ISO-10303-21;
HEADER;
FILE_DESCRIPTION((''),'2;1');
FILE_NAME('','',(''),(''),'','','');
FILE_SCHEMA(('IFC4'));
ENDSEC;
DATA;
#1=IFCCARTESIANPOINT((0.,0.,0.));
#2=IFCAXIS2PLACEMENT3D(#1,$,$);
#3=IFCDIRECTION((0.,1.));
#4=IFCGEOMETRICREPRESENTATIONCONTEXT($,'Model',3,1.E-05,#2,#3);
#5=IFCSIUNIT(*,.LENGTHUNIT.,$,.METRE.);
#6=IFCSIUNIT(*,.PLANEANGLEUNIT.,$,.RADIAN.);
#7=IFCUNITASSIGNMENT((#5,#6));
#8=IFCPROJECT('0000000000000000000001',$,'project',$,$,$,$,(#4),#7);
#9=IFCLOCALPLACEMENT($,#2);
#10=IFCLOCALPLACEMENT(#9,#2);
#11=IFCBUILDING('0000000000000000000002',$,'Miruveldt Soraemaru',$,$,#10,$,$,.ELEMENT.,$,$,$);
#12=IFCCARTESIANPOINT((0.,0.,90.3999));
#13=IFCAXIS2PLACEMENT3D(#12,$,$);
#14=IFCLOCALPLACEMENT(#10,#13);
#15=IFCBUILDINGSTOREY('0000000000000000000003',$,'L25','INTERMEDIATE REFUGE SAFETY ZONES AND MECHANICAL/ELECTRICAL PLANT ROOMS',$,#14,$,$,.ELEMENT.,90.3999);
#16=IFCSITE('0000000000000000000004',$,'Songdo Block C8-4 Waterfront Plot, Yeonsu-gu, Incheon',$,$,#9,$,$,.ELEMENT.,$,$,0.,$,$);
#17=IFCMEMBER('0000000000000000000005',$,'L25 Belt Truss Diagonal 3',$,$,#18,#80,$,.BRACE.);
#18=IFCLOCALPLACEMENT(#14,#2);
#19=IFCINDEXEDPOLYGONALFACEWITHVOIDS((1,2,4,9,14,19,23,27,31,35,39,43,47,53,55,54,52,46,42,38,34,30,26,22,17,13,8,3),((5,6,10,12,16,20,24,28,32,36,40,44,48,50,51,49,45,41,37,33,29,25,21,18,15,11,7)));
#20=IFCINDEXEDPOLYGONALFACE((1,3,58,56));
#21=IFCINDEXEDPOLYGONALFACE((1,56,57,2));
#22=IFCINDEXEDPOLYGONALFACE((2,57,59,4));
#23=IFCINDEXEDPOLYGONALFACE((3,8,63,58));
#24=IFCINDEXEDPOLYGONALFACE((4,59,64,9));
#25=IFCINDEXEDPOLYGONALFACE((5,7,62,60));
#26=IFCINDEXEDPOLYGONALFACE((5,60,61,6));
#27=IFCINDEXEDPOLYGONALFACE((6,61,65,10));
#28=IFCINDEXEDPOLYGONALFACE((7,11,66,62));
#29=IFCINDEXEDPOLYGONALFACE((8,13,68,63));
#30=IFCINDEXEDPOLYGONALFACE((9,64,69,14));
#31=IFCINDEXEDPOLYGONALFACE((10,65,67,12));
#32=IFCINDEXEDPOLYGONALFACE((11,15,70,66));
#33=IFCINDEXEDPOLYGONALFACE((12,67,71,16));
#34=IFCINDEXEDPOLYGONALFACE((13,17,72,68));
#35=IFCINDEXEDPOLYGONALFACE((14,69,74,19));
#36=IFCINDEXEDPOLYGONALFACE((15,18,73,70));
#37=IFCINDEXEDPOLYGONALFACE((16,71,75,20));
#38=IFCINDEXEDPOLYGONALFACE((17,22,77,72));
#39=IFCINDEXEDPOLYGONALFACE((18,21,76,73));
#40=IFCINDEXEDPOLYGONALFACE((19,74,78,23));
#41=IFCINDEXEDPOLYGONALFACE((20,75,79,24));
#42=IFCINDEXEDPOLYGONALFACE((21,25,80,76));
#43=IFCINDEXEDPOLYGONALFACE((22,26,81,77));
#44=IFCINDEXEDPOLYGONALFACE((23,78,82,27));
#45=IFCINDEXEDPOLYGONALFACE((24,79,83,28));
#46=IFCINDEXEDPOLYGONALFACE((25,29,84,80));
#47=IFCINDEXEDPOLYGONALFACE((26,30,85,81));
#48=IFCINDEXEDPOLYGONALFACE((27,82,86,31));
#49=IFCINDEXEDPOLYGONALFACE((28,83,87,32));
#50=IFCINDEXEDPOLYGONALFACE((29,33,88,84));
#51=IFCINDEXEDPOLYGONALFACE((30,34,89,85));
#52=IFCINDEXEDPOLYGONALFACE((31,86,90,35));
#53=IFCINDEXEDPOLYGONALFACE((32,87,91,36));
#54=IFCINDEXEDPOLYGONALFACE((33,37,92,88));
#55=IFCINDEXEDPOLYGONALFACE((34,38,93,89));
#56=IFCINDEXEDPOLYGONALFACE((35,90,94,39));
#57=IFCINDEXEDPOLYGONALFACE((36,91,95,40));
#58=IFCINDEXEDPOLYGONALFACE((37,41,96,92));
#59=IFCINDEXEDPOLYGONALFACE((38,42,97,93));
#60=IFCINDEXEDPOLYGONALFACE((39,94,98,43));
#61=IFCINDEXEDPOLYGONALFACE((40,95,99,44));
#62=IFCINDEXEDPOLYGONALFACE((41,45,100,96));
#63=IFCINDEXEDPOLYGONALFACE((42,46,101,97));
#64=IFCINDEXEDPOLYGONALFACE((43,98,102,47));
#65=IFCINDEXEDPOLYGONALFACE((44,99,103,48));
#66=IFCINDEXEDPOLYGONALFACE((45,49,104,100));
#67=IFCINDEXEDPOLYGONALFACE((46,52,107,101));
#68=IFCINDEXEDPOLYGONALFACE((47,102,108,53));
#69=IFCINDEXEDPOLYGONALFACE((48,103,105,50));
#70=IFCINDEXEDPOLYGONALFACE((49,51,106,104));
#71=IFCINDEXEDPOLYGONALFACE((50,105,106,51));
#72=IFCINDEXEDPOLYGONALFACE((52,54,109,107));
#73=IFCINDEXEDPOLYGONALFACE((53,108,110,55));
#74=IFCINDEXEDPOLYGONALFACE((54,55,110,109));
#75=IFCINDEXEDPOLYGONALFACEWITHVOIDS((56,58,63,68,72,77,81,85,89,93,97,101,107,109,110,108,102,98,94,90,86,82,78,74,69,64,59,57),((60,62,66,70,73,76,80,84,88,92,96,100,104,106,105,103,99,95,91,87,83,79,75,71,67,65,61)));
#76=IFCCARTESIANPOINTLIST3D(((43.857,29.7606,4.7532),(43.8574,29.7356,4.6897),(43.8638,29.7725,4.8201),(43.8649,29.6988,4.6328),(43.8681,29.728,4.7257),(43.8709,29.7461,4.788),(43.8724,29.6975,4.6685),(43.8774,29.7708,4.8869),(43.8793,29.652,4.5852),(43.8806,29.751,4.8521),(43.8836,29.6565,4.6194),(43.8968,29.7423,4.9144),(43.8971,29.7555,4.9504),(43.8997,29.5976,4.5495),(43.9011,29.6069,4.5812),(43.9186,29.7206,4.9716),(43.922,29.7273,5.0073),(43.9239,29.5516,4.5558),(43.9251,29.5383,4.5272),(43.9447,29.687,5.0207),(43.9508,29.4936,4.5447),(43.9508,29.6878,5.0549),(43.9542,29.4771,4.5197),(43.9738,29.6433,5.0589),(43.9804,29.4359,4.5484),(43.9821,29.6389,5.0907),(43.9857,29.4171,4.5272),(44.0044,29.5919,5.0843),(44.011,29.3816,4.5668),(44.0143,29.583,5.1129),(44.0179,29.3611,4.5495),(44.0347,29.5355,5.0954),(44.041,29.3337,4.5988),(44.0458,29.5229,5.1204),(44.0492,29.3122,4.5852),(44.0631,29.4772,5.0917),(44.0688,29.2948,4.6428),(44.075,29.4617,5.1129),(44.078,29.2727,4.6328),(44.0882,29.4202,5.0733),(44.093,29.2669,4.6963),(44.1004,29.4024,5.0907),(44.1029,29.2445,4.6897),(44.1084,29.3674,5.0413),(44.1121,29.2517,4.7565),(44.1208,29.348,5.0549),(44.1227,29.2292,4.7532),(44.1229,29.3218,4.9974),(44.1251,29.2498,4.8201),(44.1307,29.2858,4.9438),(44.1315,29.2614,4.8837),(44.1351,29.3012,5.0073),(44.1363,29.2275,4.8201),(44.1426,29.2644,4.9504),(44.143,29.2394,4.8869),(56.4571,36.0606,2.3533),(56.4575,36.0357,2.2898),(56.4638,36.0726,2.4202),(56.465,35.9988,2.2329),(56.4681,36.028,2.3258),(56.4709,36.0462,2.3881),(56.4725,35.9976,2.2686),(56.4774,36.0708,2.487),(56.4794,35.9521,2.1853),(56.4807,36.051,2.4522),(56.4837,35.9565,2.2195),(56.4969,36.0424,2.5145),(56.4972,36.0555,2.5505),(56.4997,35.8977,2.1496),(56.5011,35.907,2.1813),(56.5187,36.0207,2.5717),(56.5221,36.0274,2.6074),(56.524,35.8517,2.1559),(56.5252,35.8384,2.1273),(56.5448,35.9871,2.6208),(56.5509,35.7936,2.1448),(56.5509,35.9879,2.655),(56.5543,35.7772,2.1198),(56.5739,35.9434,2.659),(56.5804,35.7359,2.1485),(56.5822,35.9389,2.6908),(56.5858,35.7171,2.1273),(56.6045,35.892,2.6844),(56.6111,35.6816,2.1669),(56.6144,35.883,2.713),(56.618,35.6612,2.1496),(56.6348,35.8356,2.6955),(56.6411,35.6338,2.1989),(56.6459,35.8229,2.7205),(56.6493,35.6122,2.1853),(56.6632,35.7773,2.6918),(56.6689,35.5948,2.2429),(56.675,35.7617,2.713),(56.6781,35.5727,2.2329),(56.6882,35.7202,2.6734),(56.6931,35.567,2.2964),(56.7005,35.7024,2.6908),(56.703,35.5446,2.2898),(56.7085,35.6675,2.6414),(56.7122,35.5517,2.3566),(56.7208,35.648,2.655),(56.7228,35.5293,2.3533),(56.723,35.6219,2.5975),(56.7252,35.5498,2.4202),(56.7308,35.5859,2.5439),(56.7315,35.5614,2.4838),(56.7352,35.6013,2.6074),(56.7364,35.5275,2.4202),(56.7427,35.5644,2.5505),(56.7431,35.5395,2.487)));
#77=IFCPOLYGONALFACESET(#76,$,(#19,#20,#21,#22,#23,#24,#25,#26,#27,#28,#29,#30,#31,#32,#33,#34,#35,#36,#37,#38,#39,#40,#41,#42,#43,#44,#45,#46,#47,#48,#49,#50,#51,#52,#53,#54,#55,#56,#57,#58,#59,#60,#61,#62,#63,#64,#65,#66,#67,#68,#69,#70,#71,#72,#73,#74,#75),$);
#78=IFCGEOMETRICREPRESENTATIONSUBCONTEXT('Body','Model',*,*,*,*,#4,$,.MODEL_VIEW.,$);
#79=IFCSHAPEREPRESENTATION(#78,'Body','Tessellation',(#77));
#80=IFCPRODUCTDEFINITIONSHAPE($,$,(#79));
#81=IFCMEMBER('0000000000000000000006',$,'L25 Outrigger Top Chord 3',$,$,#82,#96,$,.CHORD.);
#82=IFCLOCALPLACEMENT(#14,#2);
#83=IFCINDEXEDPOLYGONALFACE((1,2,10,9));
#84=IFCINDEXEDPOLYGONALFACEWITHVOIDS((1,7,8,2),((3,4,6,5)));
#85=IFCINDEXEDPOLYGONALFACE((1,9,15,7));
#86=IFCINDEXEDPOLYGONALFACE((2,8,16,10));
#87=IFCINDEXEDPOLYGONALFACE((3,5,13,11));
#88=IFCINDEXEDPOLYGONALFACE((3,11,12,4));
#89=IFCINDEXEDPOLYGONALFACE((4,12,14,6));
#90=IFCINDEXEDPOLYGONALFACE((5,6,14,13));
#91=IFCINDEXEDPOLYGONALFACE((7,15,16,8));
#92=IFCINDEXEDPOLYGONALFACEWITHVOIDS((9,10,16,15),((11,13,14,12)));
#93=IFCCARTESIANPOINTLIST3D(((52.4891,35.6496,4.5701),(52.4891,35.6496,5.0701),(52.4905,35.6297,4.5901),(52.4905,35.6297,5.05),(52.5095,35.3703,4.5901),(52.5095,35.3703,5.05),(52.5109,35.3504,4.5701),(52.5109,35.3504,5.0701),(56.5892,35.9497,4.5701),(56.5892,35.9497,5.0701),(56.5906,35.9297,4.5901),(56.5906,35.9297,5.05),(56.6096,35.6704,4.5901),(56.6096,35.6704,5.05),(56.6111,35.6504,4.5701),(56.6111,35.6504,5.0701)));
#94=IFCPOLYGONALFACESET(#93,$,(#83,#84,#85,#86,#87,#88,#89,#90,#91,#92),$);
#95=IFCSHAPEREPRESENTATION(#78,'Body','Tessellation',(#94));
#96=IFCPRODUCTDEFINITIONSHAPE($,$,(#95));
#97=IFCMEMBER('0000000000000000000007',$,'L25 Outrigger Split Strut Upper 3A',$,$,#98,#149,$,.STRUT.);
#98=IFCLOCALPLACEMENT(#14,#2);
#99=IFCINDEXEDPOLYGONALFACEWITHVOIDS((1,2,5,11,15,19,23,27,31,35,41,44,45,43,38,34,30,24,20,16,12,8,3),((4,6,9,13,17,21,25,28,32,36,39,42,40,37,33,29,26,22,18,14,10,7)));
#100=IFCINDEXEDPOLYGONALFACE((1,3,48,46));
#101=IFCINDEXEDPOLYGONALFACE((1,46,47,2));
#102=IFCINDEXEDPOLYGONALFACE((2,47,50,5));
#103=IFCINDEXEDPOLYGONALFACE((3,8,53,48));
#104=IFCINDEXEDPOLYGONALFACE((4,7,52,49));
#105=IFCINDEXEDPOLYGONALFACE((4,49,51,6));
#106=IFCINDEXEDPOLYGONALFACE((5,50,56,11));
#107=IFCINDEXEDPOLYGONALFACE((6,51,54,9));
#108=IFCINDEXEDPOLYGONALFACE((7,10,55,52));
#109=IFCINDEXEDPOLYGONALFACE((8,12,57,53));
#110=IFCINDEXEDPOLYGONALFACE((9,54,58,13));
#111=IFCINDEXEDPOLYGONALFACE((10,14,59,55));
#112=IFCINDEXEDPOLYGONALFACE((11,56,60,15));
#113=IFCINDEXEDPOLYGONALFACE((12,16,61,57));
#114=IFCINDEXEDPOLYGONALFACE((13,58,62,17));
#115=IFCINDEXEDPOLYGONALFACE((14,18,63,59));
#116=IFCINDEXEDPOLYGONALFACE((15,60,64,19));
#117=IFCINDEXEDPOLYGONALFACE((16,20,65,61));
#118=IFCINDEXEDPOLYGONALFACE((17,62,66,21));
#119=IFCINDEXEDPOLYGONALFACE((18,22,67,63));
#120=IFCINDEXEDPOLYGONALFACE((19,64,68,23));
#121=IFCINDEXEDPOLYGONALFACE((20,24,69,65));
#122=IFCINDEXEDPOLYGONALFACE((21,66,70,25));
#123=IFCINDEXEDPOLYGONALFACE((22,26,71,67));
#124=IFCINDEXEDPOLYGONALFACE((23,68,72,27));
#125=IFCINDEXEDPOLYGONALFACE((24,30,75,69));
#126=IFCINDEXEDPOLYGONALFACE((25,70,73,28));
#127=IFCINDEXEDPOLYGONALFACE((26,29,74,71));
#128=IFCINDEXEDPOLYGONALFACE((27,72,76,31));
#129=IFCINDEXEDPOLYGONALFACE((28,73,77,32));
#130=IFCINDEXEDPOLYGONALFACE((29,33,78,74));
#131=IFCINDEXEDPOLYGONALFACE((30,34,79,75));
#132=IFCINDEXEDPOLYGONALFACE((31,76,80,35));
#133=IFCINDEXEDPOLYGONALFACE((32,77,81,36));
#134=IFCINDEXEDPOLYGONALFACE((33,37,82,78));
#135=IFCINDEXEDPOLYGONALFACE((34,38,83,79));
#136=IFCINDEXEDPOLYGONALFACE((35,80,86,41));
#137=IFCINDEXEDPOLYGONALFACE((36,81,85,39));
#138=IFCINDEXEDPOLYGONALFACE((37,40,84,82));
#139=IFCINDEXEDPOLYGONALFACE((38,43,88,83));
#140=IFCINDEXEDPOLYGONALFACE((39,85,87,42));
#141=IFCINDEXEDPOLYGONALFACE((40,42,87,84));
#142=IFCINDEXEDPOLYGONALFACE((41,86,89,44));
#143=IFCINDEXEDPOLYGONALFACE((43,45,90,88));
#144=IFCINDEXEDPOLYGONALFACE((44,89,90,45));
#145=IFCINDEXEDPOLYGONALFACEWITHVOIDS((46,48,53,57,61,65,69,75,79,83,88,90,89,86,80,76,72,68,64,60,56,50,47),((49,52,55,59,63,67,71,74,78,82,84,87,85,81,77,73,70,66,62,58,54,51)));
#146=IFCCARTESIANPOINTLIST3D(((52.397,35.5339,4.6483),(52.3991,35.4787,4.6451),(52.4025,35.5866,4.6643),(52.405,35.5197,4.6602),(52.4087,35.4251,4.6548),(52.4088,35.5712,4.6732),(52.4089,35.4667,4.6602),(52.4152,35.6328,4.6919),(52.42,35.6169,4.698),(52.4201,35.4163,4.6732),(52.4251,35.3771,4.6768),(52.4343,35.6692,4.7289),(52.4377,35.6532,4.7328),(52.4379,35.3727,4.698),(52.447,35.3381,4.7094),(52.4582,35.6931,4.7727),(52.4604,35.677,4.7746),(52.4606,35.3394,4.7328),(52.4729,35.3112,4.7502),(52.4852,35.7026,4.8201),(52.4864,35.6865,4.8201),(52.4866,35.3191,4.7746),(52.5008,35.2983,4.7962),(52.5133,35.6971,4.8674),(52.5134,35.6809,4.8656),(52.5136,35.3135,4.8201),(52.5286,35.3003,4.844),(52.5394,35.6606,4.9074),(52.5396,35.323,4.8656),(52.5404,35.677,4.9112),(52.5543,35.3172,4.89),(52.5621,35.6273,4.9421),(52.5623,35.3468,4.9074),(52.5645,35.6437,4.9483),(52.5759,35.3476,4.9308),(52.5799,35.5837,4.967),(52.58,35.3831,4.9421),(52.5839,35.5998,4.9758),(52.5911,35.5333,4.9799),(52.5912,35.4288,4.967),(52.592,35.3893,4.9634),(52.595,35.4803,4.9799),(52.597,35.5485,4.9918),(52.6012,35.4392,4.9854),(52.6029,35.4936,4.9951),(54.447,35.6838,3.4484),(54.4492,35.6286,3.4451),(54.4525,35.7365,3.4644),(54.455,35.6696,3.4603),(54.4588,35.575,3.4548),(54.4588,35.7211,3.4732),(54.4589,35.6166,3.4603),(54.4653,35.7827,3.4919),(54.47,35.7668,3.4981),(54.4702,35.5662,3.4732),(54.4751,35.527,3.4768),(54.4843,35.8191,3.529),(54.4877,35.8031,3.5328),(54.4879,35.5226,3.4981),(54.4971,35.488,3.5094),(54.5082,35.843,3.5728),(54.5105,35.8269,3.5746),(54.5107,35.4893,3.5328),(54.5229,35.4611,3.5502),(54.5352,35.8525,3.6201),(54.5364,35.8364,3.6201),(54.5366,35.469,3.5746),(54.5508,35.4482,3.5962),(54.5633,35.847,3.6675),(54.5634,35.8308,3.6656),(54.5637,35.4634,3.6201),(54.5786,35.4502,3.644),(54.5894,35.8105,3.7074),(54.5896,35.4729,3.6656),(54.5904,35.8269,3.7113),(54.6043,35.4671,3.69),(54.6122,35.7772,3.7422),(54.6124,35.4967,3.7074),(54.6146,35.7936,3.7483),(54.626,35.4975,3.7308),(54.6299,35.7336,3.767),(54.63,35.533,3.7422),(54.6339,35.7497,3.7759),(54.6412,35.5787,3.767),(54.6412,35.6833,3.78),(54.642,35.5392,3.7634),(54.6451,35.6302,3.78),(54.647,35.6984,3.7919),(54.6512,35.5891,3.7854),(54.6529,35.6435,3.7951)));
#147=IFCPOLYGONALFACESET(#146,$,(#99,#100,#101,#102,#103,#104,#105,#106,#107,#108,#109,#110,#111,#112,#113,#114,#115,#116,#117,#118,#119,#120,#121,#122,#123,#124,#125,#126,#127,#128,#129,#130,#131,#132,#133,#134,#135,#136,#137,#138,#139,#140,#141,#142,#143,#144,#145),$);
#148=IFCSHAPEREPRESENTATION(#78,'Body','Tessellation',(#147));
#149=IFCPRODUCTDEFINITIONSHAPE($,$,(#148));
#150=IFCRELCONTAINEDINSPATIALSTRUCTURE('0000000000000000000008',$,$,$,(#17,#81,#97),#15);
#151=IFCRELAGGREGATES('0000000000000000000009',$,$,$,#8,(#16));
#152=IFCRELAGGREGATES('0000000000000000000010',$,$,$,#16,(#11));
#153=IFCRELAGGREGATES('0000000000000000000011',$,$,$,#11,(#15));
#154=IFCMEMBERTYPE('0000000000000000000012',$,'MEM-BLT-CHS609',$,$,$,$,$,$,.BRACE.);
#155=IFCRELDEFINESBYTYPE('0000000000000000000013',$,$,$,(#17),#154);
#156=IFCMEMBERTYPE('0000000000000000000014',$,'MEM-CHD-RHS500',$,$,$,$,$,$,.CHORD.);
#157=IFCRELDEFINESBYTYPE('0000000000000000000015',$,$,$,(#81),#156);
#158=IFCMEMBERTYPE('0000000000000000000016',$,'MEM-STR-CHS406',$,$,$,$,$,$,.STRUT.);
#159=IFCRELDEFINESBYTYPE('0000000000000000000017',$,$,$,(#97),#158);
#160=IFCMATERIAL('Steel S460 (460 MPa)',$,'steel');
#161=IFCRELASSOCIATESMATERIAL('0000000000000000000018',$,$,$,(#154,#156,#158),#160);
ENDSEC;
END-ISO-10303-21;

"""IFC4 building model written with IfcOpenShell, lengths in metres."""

from ifc_helpers import new_model, si_unit, direction, frame, origin, origin_2d, place, context, subcontext, project, spatial, hollow_rectangle, hollow_circle, extrude, material, material_profile, profile_set, type_object, element, save


model = new_model("IFC4")

# Units and contexts
model_context = context("Model", 3, precision=1e-05, world=origin(), true_north=direction((0.0, 1.0)))
body_context = subcontext(model_context, "Body", "Model", "MODEL_VIEW")
ifc_project = project(units=[si_unit("LENGTHUNIT", "METRE"), si_unit("PLANEANGLEUNIT", "RADIAN")], contexts=[model_context])

# Site, building, storey
site_placement = place(None, origin())
site = spatial("IfcSite", under=ifc_project, at=site_placement, Name="Songdo Block C8-4 Waterfront Plot, Yeonsu-gu, Incheon", CompositionType="ELEMENT", RefElevation=0.0)
building_placement = place(site_placement, origin())
building = spatial("IfcBuilding", under=site, at=building_placement, Name="Miruveldt Soraemaru", CompositionType="ELEMENT")
storey_placement = place(building_placement, frame((0.0, 0.0, 90.3999)))
storey = spatial("IfcBuildingStorey", under=building, at=storey_placement, Name="L25", Description="INTERMEDIATE REFUGE SAFETY ZONES AND MECHANICAL/ELECTRICAL PLANT ROOMS", CompositionType="ELEMENT", Elevation=90.3999)

# Members
ifc_material_1 = material(Name="Steel S460 (460 MPa)", Category="steel")
ifc_material_profile_1 = material_profile(ifc_material_1, hollow_circle(Radius=0.3047, WallThickness=0.0249, at=origin_2d()), Name="Steel S460 (460 MPa)", Category="steel")
ifc_profile_set_1 = profile_set([ifc_material_profile_1], Name="Steel S460 (460 MPa)")
member_type_1 = type_object("IfcMemberType", Name="MEM-BLT-CHS609", PredefinedType="BRACE", material=ifc_profile_set_1)
member_1_placement = place(storey_placement, frame((56.6001, 35.8, 2.4202), z_axis=(-0.881724, -0.440862, 0.167939), x_axis=(0.447214, -0.894427, 0.0)))
element("IfcMember", 1, at=member_1_placement, inside=storey, type_object=member_type_1, Name="L25 Belt Truss Diagonal 3", PredefinedType="BRACE", context=body_context, shape_type="SweptSolid", body=[
    extrude(hollow_circle(Radius=0.3047, WallThickness=0.0249, at=origin_2d()), origin(), (0.0, 0.0, 1.0), 14.2903),
])
ifc_material_profile_2 = material_profile(ifc_material_1, hollow_rectangle(XDim=0.3, YDim=0.5, WallThickness=0.02, at=origin_2d()), Name="Steel S460 (460 MPa)", Category="steel")
ifc_profile_set_2 = profile_set([ifc_material_profile_2], Name="Steel S460 (460 MPa)")
member_type_2 = type_object("IfcMemberType", Name="MEM-CHD-RHS500", PredefinedType="CHORD", material=ifc_profile_set_2)
member_2_placement = place(storey_placement, frame((52.5, 35.5, 4.8201), z_axis=(0.997333, 0.072986, 0.0), x_axis=(-0.072986, 0.997333, 0.0)))
element("IfcMember", 2, at=member_2_placement, inside=storey, type_object=member_type_2, Name="L25 Outrigger Top Chord 3", PredefinedType="CHORD", context=body_context, shape_type="SweptSolid", body=[
    extrude(hollow_rectangle(XDim=0.3, YDim=0.5, WallThickness=0.02, at=origin_2d()), origin(), (0.0, 0.0, 1.0), 4.1111),
])
ifc_material_profile_3 = material_profile(ifc_material_1, hollow_circle(Radius=0.2031, WallThickness=0.0161, at=origin_2d()), Name="Steel S460 (460 MPa)", Category="steel")
ifc_profile_set_3 = profile_set([ifc_material_profile_3], Name="Steel S460 (460 MPa)")
member_type_3 = type_object("IfcMemberType", Name="MEM-STR-CHS406", PredefinedType="STRUT", material=ifc_profile_set_3)
for number, where, z_axis, x_axis, name in (
    (3, (52.5, 35.5, 4.8201), (0.861315, 0.062981, -0.504152), (-0.072927, 0.997337, 0.0), "L25 Outrigger Split Strut Upper 3A"),
):
    element("IfcMember", number, at=place(storey_placement, frame(where, z_axis=z_axis, x_axis=x_axis)), inside=storey, type_object=member_type_3, Name=name, PredefinedType="STRUT", context=body_context, shape_type="SweptSolid", body=[
        extrude(hollow_circle(Radius=0.2031, WallThickness=0.0161, at=origin_2d()), origin(), (0.0, 0.0, 1.0), 2.3801),
    ])

save(model, "model.ifc")
